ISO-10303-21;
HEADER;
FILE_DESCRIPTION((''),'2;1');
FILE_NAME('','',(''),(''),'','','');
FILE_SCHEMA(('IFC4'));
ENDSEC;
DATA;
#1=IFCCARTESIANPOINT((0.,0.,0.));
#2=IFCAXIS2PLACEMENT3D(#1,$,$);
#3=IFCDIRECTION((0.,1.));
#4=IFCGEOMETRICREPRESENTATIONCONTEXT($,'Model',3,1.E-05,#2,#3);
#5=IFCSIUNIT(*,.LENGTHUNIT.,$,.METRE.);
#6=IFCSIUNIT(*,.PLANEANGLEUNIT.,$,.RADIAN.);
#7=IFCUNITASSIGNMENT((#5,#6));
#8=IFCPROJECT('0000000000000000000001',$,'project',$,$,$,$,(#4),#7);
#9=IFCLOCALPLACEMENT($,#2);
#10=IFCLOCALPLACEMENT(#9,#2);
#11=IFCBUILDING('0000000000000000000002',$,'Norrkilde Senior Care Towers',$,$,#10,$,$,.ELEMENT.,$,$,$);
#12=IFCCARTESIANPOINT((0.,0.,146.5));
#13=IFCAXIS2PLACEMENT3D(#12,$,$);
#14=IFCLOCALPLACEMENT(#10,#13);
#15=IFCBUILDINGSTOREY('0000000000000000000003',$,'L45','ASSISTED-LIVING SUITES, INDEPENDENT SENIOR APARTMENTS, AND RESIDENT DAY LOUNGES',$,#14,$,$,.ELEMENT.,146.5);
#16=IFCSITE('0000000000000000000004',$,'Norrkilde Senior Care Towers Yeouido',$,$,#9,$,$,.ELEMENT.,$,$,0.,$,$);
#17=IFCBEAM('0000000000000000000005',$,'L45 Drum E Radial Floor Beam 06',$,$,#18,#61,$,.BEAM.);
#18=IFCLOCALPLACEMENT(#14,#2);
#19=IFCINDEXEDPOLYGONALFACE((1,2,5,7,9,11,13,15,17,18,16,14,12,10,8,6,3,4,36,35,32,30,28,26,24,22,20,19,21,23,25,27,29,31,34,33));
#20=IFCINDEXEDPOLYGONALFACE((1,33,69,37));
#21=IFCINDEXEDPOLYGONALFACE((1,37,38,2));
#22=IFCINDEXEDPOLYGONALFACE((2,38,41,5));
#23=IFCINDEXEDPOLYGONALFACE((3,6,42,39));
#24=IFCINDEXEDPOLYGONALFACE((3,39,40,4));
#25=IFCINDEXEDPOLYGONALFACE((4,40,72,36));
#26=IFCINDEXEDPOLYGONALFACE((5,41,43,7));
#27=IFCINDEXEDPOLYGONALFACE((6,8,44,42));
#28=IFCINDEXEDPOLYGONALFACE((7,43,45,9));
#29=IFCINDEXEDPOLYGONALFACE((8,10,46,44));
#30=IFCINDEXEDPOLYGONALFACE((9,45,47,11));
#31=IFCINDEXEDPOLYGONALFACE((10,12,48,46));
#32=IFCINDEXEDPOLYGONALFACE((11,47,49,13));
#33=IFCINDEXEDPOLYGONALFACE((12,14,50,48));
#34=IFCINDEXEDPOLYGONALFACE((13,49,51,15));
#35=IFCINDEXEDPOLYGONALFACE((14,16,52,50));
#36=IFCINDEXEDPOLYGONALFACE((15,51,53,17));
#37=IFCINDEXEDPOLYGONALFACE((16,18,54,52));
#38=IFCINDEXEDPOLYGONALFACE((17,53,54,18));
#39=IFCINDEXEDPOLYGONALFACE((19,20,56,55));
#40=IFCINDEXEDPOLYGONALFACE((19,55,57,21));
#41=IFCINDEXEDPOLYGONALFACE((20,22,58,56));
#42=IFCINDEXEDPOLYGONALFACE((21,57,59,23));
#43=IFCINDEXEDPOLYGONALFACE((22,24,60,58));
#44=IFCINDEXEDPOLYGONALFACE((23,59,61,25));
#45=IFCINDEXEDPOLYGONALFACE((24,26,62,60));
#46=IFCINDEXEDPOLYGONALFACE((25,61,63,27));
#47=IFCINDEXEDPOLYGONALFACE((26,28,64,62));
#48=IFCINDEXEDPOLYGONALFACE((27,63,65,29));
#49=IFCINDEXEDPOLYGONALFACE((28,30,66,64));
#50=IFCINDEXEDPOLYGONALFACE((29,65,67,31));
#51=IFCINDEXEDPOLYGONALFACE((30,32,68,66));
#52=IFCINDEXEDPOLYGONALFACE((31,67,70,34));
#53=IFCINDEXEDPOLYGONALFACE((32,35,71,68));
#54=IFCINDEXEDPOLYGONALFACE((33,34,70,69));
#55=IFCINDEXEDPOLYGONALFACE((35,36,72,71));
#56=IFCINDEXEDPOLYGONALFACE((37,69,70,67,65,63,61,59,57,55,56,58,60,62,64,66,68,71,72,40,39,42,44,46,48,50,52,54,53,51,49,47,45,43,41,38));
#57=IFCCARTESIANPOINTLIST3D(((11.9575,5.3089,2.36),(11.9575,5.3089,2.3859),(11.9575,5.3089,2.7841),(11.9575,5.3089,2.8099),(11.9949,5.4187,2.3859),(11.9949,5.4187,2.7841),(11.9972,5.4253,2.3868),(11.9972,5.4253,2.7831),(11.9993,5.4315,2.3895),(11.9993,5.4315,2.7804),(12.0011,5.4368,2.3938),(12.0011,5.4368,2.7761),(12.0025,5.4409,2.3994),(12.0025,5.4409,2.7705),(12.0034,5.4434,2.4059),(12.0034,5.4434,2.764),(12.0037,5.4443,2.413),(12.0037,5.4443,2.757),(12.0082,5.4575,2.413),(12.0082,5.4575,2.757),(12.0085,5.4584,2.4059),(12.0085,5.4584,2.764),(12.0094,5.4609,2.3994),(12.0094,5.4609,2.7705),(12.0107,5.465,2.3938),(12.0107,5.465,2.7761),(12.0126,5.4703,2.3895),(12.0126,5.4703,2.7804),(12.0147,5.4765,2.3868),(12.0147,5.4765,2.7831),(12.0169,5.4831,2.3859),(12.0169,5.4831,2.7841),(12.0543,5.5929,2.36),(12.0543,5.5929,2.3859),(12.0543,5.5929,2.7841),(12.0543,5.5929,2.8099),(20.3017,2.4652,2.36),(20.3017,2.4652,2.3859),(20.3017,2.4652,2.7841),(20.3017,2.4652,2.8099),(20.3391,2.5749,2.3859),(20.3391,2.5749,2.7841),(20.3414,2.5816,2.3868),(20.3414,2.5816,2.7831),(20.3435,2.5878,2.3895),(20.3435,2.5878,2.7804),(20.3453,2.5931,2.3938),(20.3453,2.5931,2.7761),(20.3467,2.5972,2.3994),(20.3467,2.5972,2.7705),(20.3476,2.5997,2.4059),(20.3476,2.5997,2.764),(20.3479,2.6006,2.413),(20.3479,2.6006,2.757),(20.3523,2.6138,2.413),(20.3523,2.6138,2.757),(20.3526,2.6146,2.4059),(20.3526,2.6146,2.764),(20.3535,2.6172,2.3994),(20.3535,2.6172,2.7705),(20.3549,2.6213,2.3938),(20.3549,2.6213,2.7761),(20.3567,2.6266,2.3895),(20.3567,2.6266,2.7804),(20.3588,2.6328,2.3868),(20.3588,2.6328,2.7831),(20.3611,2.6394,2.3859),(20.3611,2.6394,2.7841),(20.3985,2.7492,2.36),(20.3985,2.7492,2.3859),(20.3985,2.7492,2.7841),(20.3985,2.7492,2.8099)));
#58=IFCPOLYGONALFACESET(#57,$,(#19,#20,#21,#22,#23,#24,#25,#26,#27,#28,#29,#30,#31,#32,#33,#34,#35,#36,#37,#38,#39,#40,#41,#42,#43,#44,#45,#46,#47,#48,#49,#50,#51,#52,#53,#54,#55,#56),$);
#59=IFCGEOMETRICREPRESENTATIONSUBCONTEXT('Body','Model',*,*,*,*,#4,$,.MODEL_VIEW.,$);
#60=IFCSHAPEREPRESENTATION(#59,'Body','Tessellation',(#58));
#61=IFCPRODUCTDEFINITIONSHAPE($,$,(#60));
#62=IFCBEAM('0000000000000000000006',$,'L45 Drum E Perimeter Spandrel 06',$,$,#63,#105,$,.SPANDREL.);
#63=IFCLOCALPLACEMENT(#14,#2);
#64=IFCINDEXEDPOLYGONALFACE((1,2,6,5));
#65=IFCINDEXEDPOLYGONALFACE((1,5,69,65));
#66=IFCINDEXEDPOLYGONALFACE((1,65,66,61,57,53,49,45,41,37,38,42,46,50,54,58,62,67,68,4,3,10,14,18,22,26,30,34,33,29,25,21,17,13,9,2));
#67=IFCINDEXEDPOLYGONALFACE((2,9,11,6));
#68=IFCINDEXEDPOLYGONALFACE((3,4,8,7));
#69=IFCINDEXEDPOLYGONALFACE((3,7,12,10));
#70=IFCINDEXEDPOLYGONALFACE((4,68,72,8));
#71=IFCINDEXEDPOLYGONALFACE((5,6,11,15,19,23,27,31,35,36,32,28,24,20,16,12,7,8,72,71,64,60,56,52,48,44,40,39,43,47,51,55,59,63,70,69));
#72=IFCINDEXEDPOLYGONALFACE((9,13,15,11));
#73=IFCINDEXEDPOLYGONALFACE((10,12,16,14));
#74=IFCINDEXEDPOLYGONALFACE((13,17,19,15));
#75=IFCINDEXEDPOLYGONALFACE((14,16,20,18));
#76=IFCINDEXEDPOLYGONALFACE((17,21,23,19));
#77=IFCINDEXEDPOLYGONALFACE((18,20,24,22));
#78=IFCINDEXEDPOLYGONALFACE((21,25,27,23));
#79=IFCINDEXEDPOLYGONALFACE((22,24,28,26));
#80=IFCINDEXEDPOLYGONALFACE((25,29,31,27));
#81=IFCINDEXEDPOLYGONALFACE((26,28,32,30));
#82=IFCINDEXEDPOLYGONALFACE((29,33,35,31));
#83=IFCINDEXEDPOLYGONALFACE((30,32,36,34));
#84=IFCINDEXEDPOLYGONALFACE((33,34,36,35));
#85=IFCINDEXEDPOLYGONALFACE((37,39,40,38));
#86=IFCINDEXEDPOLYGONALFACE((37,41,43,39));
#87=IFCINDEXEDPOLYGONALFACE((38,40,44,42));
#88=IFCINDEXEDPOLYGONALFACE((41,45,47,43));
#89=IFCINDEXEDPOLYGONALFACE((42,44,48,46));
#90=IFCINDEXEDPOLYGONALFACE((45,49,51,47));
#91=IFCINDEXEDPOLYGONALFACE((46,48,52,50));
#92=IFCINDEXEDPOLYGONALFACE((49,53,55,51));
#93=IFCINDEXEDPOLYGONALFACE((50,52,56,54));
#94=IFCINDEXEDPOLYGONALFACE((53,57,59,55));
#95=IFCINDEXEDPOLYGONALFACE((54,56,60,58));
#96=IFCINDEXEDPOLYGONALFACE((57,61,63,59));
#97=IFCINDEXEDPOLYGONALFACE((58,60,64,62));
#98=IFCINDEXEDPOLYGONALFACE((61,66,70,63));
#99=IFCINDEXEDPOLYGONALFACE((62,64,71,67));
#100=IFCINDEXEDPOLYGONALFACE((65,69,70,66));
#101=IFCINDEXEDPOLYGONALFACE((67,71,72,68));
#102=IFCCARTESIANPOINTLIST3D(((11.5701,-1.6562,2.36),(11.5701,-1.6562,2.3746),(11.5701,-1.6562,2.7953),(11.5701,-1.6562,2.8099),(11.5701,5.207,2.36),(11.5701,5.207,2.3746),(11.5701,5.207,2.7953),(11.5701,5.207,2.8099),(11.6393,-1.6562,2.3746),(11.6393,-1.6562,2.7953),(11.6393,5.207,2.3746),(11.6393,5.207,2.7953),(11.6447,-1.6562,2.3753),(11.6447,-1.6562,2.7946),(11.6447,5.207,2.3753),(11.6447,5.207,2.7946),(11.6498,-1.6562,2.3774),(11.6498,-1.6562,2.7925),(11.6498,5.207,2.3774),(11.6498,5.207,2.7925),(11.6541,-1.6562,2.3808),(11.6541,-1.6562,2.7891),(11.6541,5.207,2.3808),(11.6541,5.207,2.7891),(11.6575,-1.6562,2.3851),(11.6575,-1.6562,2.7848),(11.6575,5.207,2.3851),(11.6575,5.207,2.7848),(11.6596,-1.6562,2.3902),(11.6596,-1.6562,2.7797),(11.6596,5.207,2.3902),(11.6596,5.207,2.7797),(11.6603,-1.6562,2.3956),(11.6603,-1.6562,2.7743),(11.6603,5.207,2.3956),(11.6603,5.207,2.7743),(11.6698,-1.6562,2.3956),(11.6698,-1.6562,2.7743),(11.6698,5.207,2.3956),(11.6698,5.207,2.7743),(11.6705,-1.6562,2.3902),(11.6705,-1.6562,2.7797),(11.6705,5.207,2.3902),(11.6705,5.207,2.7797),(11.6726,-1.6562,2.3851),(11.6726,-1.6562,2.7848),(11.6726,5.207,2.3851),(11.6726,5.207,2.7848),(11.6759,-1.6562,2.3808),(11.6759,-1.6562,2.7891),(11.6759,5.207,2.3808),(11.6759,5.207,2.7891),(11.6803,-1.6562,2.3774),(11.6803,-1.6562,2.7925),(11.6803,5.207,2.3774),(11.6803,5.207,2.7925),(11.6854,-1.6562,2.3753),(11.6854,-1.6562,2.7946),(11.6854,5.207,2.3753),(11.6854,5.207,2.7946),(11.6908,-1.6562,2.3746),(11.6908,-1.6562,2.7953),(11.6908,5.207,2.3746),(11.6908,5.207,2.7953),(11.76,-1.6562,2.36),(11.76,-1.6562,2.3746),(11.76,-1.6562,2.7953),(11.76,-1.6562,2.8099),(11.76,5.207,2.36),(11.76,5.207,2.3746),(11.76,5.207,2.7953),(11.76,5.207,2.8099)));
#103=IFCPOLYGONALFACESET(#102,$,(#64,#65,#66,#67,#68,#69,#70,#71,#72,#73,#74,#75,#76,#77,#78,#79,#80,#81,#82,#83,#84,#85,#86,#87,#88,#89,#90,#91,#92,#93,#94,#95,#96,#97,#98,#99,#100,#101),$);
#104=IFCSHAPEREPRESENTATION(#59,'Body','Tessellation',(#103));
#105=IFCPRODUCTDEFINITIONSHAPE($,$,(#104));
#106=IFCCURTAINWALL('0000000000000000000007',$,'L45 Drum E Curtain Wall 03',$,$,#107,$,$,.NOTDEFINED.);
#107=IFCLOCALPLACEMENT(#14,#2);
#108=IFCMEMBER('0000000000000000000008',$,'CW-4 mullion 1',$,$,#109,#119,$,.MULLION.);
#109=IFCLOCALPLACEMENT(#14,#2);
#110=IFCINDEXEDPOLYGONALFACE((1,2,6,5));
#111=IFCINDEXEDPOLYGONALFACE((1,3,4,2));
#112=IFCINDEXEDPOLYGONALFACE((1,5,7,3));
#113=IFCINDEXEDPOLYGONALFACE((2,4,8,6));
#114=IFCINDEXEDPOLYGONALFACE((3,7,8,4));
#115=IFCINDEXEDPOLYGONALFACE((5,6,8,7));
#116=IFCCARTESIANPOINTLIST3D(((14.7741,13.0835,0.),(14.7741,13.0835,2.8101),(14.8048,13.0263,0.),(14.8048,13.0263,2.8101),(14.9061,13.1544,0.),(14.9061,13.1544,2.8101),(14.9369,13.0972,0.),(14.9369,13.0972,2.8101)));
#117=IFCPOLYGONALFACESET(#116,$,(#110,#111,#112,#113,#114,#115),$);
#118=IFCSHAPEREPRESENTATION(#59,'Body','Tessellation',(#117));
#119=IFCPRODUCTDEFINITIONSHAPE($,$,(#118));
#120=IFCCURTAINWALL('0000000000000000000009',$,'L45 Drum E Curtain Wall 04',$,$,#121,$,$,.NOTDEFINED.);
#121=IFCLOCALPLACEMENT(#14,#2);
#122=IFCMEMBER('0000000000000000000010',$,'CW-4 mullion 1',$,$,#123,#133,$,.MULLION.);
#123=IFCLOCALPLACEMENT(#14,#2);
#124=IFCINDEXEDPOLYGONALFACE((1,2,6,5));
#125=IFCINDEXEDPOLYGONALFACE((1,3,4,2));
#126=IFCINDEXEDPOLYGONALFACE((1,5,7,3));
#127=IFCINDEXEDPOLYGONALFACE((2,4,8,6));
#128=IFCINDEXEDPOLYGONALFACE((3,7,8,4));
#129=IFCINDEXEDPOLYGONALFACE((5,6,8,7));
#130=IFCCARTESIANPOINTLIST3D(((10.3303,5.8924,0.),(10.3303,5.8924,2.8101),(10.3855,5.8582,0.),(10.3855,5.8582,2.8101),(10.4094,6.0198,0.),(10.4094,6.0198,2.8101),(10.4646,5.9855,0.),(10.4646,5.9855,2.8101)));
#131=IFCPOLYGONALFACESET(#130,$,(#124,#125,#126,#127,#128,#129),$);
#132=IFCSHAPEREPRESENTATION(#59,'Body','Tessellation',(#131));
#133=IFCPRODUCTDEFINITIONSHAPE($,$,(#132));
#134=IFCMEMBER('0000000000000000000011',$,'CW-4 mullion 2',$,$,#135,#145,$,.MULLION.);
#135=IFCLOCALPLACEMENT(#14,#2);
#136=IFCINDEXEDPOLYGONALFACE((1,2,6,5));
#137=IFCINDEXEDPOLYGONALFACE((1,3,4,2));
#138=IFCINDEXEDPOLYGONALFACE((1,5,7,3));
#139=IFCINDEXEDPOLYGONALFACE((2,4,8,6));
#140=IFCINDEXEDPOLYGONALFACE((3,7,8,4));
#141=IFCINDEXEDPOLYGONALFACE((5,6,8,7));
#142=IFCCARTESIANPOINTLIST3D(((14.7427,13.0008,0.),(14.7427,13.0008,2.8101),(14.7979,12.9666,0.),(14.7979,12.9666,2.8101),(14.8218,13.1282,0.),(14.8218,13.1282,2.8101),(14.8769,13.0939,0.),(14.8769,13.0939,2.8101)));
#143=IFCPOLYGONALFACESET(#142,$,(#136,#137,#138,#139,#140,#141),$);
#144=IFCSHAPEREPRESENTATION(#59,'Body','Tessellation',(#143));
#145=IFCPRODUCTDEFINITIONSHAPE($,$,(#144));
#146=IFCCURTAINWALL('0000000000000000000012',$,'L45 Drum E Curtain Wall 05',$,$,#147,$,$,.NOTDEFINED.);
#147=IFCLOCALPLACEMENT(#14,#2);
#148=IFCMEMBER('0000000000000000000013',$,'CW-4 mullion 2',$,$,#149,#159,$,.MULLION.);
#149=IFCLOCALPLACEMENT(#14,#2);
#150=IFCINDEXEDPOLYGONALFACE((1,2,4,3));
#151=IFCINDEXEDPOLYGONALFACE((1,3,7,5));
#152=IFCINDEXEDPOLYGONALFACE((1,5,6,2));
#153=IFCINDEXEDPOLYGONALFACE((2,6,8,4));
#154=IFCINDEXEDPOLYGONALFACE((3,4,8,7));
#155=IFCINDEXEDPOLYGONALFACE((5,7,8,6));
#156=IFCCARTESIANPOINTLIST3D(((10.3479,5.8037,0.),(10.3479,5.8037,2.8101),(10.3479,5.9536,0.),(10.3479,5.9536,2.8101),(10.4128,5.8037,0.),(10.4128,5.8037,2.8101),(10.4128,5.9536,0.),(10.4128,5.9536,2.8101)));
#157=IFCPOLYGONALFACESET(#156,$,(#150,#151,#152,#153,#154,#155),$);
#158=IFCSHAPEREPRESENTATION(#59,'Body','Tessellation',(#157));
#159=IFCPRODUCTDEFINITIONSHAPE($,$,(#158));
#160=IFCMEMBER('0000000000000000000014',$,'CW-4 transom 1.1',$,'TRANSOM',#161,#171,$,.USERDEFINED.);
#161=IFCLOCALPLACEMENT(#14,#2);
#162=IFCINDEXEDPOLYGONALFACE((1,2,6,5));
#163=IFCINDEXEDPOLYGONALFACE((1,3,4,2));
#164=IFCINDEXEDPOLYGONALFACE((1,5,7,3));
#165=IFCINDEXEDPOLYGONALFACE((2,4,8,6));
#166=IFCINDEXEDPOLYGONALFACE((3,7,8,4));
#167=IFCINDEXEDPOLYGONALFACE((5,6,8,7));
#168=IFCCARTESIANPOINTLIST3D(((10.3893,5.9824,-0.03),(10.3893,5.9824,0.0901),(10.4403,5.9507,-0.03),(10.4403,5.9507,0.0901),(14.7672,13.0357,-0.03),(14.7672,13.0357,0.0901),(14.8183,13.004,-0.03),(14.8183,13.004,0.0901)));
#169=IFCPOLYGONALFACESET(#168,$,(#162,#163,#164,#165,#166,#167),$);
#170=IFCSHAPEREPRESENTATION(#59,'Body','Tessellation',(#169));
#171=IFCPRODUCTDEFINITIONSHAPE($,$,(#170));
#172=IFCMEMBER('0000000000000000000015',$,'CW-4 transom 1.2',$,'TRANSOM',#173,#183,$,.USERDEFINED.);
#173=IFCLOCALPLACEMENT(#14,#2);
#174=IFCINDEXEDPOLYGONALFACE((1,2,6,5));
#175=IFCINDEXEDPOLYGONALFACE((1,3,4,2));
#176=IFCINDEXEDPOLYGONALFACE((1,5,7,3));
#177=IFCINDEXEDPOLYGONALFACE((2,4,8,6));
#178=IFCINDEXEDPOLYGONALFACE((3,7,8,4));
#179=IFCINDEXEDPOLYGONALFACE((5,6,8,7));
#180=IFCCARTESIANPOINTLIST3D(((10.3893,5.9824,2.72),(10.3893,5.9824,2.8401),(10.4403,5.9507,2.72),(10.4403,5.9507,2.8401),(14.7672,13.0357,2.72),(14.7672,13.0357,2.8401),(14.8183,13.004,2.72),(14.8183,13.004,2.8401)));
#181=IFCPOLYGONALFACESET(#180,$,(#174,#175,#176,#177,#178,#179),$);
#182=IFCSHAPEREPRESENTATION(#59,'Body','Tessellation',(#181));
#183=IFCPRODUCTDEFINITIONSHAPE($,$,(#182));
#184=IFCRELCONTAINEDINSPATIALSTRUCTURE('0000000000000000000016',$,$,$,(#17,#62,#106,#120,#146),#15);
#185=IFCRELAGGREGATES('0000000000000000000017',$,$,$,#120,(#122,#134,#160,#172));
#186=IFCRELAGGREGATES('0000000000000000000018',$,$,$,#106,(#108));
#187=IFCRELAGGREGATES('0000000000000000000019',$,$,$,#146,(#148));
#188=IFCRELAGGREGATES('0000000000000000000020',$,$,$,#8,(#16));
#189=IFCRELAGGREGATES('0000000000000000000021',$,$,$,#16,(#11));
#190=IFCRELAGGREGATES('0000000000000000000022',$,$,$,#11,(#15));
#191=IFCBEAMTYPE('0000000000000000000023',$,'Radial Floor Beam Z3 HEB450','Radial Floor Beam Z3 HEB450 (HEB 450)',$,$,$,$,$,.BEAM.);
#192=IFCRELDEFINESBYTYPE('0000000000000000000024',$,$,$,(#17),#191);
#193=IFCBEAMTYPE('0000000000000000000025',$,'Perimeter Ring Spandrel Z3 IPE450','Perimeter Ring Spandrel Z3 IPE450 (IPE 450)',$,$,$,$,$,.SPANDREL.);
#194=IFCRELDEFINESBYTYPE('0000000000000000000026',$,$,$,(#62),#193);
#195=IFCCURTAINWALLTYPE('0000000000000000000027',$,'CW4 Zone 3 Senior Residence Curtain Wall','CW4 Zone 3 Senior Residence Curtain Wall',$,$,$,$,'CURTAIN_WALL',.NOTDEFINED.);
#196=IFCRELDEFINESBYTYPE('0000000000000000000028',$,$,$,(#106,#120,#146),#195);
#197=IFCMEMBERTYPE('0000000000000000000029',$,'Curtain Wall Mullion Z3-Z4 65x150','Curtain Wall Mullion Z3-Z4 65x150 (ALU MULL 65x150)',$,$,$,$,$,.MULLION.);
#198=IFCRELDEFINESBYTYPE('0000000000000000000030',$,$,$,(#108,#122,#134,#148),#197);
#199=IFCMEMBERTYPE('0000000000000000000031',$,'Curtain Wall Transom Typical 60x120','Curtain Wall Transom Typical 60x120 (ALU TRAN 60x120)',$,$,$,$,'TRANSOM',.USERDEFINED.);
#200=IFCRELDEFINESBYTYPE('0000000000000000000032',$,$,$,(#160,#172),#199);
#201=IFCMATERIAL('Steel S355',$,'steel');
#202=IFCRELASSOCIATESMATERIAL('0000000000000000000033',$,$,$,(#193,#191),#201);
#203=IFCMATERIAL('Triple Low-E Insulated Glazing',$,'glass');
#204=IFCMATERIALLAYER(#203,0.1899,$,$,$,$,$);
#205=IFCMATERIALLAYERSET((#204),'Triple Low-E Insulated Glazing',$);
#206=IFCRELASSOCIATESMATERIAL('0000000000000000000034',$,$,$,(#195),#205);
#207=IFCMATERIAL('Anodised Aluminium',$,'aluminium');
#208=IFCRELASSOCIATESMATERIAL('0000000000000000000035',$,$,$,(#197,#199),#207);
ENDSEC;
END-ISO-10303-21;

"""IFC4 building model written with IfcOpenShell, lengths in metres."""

from ifc_helpers import new_model, si_unit, direction, frame, origin, origin_2d, place, context, subcontext, project, spatial, rectangle, i_section, extrude, source, transform, mapped, material, layer, layer_set, material_profile, profile_set, type_object, type_shapes, element, aggregate, save


model = new_model("IFC4")

# Units and contexts
model_context = context("Model", 3, precision=1e-05, world=origin(), true_north=direction((0.0, 1.0)))
body_context = subcontext(model_context, "Body", "Model", "MODEL_VIEW")
ifc_project = project(units=[si_unit("LENGTHUNIT", "METRE"), si_unit("PLANEANGLEUNIT", "RADIAN")], contexts=[model_context])

# Site, building, storey
site_placement = place(None, origin())
site = spatial("IfcSite", under=ifc_project, at=site_placement, Name="Norrkilde Senior Care Towers Yeouido", CompositionType="ELEMENT", RefElevation=0.0)
building_placement = place(site_placement, origin())
building = spatial("IfcBuilding", under=site, at=building_placement, Name="Norrkilde Senior Care Towers", CompositionType="ELEMENT")
storey_placement = place(building_placement, frame((0.0, 0.0, 146.5)))
storey = spatial("IfcBuildingStorey", under=building, at=storey_placement, Name="L45", Description="ASSISTED-LIVING SUITES, INDEPENDENT SENIOR APARTMENTS, AND RESIDENT DAY LOUNGES", CompositionType="ELEMENT", Elevation=146.5)

# Beams
ifc_material_1 = material(Name="Steel S355", Category="steel")
ifc_material_profile_1 = material_profile(ifc_material_1, i_section(OverallWidth=0.1899, OverallDepth=0.45, WebThickness=0.0095, FlangeThickness=0.0146, FilletRadius=0.021, at=origin_2d()), Name="IPE 450")
ifc_profile_set_1 = profile_set([ifc_material_profile_1], Name="Steel S355")
beam_type_1 = type_object("IfcBeamType", Name="Perimeter Ring Spandrel Z3 IPE450", Description="Perimeter Ring Spandrel Z3 IPE450 (IPE 450)", PredefinedType="SPANDREL", material=ifc_profile_set_1)
ifc_material_profile_2 = material_profile(ifc_material_1, i_section(OverallWidth=0.3, OverallDepth=0.45, WebThickness=0.0139, FlangeThickness=0.0259, FilletRadius=0.0271, at=origin_2d()), Name="HEB 450")
ifc_profile_set_2 = profile_set([ifc_material_profile_2], Name="Steel S355")
beam_type_2 = type_object("IfcBeamType", Name="Radial Floor Beam Z3 HEB450", Description="Radial Floor Beam Z3 HEB450 (HEB 450)", PredefinedType="BEAM", material=ifc_profile_set_2)
shared_shape_1 = source(origin(), body_context, "Body", "SweptSolid", [
    extrude(i_section(OverallWidth=0.3, OverallDepth=0.45, WebThickness=0.0139, FlangeThickness=0.0259, FilletRadius=0.0271, at=origin_2d()), origin(), (0.0, 0.0, 1.0), 8.8154),
])
type_shapes(beam_type_2, [shared_shape_1])
beam_1_placement = place(storey_placement, frame((20.3501, 2.6072, 2.585), z_axis=(-0.946541, 0.322585, 0.0), x_axis=(-0.322585, -0.946541, 0.0)))
element("IfcBeam", 1, at=beam_1_placement, inside=storey, type_object=beam_type_2, Name="L45 Drum E Radial Floor Beam 06", PredefinedType="BEAM", context=body_context, shape_type="MappedRepresentation", body=[
    mapped(shared_shape_1, transform((0.0, 0.0, 0.0), x_axis=(1.0, 0.0, 0.0), y_axis=(0.0, 1.0, 0.0), z_axis=(0.0, 0.0, 1.0), scale=1.0)),
])
shared_shape_2 = source(origin(), body_context, "Body", "SweptSolid", [
    extrude(i_section(OverallWidth=0.1899, OverallDepth=0.45, WebThickness=0.0095, FlangeThickness=0.0146, FilletRadius=0.021, at=origin_2d()), origin(), (0.0, 0.0, 1.0), 6.8633),
])
beam_2_placement = place(storey_placement, frame((11.665, 5.207, 2.585), z_axis=(0.0, -1.0, 0.0), x_axis=(1.0, 0.0, 0.0)))
element("IfcBeam", 2, at=beam_2_placement, inside=storey, type_object=beam_type_1, Name="L45 Drum E Perimeter Spandrel 06", PredefinedType="SPANDREL", context=body_context, shape_type="MappedRepresentation", body=[
    mapped(shared_shape_2, transform((0.0, 0.0, 0.0), x_axis=(1.0, 0.0, 0.0), y_axis=(0.0, 1.0, 0.0), z_axis=(0.0, 0.0, 1.0), scale=1.0)),
])

# Curtain wall, member
ifc_material_2 = material(Name="Triple Low-E Insulated Glazing", Category="glass")
ifc_layer_1 = layer(ifc_material_2, 0.1899)
ifc_layer_set_1 = layer_set([ifc_layer_1], Name="Triple Low-E Insulated Glazing")
curtain_wall_type = type_object("IfcCurtainWallType", Name="CW4 Zone 3 Senior Residence Curtain Wall", Description="CW4 Zone 3 Senior Residence Curtain Wall", ElementType="CURTAIN_WALL", PredefinedType="NOTDEFINED", material=ifc_layer_set_1)
curtain_wall_1_placement = place(storey_placement, origin())
curtain_wall_1 = element("IfcCurtainWall", 3, at=curtain_wall_1_placement, inside=storey, type_object=curtain_wall_type, Name="L45 Drum E Curtain Wall 03", PredefinedType="NOTDEFINED")
ifc_material_3 = material(Name="Anodised Aluminium", Category="aluminium")
ifc_material_profile_3 = material_profile(ifc_material_3, rectangle(XDim=0.0649, YDim=0.1499, at=origin_2d()), Name="ALU MULL 65x150")
ifc_profile_set_3 = profile_set([ifc_material_profile_3], Name="Anodised Aluminium")
member_type_1 = type_object("IfcMemberType", Name="Curtain Wall Mullion Z3-Z4 65x150", Description="Curtain Wall Mullion Z3-Z4 65x150 (ALU MULL 65x150)", PredefinedType="MULLION", material=ifc_profile_set_3)
shared_shape_3 = source(origin(), body_context, "Body", "SweptSolid", [
    extrude(rectangle(XDim=0.0649, YDim=0.1499, at=origin_2d()), origin(), (0.0, 0.0, 1.0), 2.8101),
])
type_shapes(member_type_1, [shared_shape_3])
member_1_placement = place(storey_placement, frame((14.8555, 13.0903, 0.0), z_axis=(0.0, 0.0, 1.0), x_axis=(-0.473117, 0.881, 0.0)))
member_1 = element("IfcMember", 4, at=member_1_placement, type_object=member_type_1, Name="CW-4 mullion 1", PredefinedType="MULLION", context=body_context, shape_type="MappedRepresentation", body=[
    mapped(shared_shape_3, transform((0.0, 0.0, 0.0), x_axis=(1.0, 0.0, 0.0), y_axis=(0.0, 1.0, 0.0), z_axis=(0.0, 0.0, 1.0), scale=1.0)),
])

# Curtain wall, members
curtain_wall_2_placement = place(storey_placement, origin())
curtain_wall_2 = element("IfcCurtainWall", 5, at=curtain_wall_2_placement, inside=storey, type_object=curtain_wall_type, Name="L45 Drum E Curtain Wall 04", PredefinedType="NOTDEFINED")
member_2_placement = place(storey_placement, frame((10.3975, 5.939, 0.0), z_axis=(0.0, 0.0, 1.0), x_axis=(-0.849634, 0.527373, 0.0)))
member_2 = element("IfcMember", 6, at=member_2_placement, type_object=member_type_1, Name="CW-4 mullion 1", PredefinedType="MULLION", context=body_context, shape_type="MappedRepresentation", body=[
    mapped(shared_shape_3, transform((0.0, 0.0, 0.0), x_axis=(1.0, 0.0, 0.0), y_axis=(0.0, 1.0, 0.0), z_axis=(0.0, 0.0, 1.0), scale=1.0)),
])
member_3_placement = place(storey_placement, frame((14.8098, 13.0474, 0.0), z_axis=(0.0, 0.0, 1.0), x_axis=(-0.849634, 0.527373, 0.0)))
member_3 = element("IfcMember", 7, at=member_3_placement, type_object=member_type_1, Name="CW-4 mullion 2", PredefinedType="MULLION", context=body_context, shape_type="MappedRepresentation", body=[
    mapped(shared_shape_3, transform((0.0, 0.0, 0.0), x_axis=(1.0, 0.0, 0.0), y_axis=(0.0, 1.0, 0.0), z_axis=(0.0, 0.0, 1.0), scale=1.0)),
])

# Curtain wall, member
curtain_wall_3_placement = place(storey_placement, origin())
curtain_wall_3 = element("IfcCurtainWall", 8, at=curtain_wall_3_placement, inside=storey, type_object=curtain_wall_type, Name="L45 Drum E Curtain Wall 05", PredefinedType="NOTDEFINED")
member_4_placement = place(storey_placement, frame((10.3804, 5.8787, 0.0), z_axis=(0.0, 0.0, 1.0), x_axis=(-1.0, 0.0, 0.0)))
member_4 = element("IfcMember", 9, at=member_4_placement, type_object=member_type_1, Name="CW-4 mullion 2", PredefinedType="MULLION", context=body_context, shape_type="MappedRepresentation", body=[
    mapped(shared_shape_3, transform((0.0, 0.0, 0.0), x_axis=(1.0, 0.0, 0.0), y_axis=(0.0, 1.0, 0.0), z_axis=(0.0, 0.0, 1.0), scale=1.0)),
])

# Members
ifc_material_profile_4 = material_profile(ifc_material_3, rectangle(XDim=0.0601, YDim=0.1201, at=origin_2d()), Name="ALU TRAN 60x120")
ifc_profile_set_4 = profile_set([ifc_material_profile_4], Name="Anodised Aluminium")
member_type_2 = type_object("IfcMemberType", Name="Curtain Wall Transom Typical 60x120", Description="Curtain Wall Transom Typical 60x120 (ALU TRAN 60x120)", ElementType="TRANSOM", PredefinedType="USERDEFINED", material=ifc_profile_set_4)
shared_shape_4 = source(origin(), body_context, "Body", "SweptSolid", [
    extrude(rectangle(XDim=0.0601, YDim=0.1201, at=origin_2d()), origin(), (0.0, 0.0, 1.0), 8.3015),
])
member_5_placement = place(storey_placement, frame((10.4148, 5.9666, 0.03), z_axis=(0.527369, 0.849637, 0.0), x_axis=(-0.849637, 0.527369, 0.0)))
member_5 = element("IfcMember", 10, at=member_5_placement, type_object=member_type_2, Name="CW-4 transom 1.1", ObjectType="TRANSOM", PredefinedType="USERDEFINED", context=body_context, shape_type="MappedRepresentation", body=[
    mapped(shared_shape_4, transform((0.0, 0.0, 0.0), x_axis=(1.0, 0.0, 0.0), y_axis=(0.0, 1.0, 0.0), z_axis=(0.0, 0.0, 1.0), scale=1.0)),
])
member_6_placement = place(storey_placement, frame((10.4148, 5.9666, 2.78), z_axis=(0.527369, 0.849637, 0.0), x_axis=(-0.849637, 0.527369, 0.0)))
member_6 = element("IfcMember", 11, at=member_6_placement, type_object=member_type_2, Name="CW-4 transom 1.2", ObjectType="TRANSOM", PredefinedType="USERDEFINED", context=body_context, shape_type="MappedRepresentation", body=[
    mapped(shared_shape_4, transform((0.0, 0.0, 0.0), x_axis=(1.0, 0.0, 0.0), y_axis=(0.0, 1.0, 0.0), z_axis=(0.0, 0.0, 1.0), scale=1.0)),
])

aggregate(curtain_wall_2, [member_2, member_3, member_5, member_6])
aggregate(curtain_wall_1, [member_1])
aggregate(curtain_wall_3, [member_4])

save(model, "model.ifc")
